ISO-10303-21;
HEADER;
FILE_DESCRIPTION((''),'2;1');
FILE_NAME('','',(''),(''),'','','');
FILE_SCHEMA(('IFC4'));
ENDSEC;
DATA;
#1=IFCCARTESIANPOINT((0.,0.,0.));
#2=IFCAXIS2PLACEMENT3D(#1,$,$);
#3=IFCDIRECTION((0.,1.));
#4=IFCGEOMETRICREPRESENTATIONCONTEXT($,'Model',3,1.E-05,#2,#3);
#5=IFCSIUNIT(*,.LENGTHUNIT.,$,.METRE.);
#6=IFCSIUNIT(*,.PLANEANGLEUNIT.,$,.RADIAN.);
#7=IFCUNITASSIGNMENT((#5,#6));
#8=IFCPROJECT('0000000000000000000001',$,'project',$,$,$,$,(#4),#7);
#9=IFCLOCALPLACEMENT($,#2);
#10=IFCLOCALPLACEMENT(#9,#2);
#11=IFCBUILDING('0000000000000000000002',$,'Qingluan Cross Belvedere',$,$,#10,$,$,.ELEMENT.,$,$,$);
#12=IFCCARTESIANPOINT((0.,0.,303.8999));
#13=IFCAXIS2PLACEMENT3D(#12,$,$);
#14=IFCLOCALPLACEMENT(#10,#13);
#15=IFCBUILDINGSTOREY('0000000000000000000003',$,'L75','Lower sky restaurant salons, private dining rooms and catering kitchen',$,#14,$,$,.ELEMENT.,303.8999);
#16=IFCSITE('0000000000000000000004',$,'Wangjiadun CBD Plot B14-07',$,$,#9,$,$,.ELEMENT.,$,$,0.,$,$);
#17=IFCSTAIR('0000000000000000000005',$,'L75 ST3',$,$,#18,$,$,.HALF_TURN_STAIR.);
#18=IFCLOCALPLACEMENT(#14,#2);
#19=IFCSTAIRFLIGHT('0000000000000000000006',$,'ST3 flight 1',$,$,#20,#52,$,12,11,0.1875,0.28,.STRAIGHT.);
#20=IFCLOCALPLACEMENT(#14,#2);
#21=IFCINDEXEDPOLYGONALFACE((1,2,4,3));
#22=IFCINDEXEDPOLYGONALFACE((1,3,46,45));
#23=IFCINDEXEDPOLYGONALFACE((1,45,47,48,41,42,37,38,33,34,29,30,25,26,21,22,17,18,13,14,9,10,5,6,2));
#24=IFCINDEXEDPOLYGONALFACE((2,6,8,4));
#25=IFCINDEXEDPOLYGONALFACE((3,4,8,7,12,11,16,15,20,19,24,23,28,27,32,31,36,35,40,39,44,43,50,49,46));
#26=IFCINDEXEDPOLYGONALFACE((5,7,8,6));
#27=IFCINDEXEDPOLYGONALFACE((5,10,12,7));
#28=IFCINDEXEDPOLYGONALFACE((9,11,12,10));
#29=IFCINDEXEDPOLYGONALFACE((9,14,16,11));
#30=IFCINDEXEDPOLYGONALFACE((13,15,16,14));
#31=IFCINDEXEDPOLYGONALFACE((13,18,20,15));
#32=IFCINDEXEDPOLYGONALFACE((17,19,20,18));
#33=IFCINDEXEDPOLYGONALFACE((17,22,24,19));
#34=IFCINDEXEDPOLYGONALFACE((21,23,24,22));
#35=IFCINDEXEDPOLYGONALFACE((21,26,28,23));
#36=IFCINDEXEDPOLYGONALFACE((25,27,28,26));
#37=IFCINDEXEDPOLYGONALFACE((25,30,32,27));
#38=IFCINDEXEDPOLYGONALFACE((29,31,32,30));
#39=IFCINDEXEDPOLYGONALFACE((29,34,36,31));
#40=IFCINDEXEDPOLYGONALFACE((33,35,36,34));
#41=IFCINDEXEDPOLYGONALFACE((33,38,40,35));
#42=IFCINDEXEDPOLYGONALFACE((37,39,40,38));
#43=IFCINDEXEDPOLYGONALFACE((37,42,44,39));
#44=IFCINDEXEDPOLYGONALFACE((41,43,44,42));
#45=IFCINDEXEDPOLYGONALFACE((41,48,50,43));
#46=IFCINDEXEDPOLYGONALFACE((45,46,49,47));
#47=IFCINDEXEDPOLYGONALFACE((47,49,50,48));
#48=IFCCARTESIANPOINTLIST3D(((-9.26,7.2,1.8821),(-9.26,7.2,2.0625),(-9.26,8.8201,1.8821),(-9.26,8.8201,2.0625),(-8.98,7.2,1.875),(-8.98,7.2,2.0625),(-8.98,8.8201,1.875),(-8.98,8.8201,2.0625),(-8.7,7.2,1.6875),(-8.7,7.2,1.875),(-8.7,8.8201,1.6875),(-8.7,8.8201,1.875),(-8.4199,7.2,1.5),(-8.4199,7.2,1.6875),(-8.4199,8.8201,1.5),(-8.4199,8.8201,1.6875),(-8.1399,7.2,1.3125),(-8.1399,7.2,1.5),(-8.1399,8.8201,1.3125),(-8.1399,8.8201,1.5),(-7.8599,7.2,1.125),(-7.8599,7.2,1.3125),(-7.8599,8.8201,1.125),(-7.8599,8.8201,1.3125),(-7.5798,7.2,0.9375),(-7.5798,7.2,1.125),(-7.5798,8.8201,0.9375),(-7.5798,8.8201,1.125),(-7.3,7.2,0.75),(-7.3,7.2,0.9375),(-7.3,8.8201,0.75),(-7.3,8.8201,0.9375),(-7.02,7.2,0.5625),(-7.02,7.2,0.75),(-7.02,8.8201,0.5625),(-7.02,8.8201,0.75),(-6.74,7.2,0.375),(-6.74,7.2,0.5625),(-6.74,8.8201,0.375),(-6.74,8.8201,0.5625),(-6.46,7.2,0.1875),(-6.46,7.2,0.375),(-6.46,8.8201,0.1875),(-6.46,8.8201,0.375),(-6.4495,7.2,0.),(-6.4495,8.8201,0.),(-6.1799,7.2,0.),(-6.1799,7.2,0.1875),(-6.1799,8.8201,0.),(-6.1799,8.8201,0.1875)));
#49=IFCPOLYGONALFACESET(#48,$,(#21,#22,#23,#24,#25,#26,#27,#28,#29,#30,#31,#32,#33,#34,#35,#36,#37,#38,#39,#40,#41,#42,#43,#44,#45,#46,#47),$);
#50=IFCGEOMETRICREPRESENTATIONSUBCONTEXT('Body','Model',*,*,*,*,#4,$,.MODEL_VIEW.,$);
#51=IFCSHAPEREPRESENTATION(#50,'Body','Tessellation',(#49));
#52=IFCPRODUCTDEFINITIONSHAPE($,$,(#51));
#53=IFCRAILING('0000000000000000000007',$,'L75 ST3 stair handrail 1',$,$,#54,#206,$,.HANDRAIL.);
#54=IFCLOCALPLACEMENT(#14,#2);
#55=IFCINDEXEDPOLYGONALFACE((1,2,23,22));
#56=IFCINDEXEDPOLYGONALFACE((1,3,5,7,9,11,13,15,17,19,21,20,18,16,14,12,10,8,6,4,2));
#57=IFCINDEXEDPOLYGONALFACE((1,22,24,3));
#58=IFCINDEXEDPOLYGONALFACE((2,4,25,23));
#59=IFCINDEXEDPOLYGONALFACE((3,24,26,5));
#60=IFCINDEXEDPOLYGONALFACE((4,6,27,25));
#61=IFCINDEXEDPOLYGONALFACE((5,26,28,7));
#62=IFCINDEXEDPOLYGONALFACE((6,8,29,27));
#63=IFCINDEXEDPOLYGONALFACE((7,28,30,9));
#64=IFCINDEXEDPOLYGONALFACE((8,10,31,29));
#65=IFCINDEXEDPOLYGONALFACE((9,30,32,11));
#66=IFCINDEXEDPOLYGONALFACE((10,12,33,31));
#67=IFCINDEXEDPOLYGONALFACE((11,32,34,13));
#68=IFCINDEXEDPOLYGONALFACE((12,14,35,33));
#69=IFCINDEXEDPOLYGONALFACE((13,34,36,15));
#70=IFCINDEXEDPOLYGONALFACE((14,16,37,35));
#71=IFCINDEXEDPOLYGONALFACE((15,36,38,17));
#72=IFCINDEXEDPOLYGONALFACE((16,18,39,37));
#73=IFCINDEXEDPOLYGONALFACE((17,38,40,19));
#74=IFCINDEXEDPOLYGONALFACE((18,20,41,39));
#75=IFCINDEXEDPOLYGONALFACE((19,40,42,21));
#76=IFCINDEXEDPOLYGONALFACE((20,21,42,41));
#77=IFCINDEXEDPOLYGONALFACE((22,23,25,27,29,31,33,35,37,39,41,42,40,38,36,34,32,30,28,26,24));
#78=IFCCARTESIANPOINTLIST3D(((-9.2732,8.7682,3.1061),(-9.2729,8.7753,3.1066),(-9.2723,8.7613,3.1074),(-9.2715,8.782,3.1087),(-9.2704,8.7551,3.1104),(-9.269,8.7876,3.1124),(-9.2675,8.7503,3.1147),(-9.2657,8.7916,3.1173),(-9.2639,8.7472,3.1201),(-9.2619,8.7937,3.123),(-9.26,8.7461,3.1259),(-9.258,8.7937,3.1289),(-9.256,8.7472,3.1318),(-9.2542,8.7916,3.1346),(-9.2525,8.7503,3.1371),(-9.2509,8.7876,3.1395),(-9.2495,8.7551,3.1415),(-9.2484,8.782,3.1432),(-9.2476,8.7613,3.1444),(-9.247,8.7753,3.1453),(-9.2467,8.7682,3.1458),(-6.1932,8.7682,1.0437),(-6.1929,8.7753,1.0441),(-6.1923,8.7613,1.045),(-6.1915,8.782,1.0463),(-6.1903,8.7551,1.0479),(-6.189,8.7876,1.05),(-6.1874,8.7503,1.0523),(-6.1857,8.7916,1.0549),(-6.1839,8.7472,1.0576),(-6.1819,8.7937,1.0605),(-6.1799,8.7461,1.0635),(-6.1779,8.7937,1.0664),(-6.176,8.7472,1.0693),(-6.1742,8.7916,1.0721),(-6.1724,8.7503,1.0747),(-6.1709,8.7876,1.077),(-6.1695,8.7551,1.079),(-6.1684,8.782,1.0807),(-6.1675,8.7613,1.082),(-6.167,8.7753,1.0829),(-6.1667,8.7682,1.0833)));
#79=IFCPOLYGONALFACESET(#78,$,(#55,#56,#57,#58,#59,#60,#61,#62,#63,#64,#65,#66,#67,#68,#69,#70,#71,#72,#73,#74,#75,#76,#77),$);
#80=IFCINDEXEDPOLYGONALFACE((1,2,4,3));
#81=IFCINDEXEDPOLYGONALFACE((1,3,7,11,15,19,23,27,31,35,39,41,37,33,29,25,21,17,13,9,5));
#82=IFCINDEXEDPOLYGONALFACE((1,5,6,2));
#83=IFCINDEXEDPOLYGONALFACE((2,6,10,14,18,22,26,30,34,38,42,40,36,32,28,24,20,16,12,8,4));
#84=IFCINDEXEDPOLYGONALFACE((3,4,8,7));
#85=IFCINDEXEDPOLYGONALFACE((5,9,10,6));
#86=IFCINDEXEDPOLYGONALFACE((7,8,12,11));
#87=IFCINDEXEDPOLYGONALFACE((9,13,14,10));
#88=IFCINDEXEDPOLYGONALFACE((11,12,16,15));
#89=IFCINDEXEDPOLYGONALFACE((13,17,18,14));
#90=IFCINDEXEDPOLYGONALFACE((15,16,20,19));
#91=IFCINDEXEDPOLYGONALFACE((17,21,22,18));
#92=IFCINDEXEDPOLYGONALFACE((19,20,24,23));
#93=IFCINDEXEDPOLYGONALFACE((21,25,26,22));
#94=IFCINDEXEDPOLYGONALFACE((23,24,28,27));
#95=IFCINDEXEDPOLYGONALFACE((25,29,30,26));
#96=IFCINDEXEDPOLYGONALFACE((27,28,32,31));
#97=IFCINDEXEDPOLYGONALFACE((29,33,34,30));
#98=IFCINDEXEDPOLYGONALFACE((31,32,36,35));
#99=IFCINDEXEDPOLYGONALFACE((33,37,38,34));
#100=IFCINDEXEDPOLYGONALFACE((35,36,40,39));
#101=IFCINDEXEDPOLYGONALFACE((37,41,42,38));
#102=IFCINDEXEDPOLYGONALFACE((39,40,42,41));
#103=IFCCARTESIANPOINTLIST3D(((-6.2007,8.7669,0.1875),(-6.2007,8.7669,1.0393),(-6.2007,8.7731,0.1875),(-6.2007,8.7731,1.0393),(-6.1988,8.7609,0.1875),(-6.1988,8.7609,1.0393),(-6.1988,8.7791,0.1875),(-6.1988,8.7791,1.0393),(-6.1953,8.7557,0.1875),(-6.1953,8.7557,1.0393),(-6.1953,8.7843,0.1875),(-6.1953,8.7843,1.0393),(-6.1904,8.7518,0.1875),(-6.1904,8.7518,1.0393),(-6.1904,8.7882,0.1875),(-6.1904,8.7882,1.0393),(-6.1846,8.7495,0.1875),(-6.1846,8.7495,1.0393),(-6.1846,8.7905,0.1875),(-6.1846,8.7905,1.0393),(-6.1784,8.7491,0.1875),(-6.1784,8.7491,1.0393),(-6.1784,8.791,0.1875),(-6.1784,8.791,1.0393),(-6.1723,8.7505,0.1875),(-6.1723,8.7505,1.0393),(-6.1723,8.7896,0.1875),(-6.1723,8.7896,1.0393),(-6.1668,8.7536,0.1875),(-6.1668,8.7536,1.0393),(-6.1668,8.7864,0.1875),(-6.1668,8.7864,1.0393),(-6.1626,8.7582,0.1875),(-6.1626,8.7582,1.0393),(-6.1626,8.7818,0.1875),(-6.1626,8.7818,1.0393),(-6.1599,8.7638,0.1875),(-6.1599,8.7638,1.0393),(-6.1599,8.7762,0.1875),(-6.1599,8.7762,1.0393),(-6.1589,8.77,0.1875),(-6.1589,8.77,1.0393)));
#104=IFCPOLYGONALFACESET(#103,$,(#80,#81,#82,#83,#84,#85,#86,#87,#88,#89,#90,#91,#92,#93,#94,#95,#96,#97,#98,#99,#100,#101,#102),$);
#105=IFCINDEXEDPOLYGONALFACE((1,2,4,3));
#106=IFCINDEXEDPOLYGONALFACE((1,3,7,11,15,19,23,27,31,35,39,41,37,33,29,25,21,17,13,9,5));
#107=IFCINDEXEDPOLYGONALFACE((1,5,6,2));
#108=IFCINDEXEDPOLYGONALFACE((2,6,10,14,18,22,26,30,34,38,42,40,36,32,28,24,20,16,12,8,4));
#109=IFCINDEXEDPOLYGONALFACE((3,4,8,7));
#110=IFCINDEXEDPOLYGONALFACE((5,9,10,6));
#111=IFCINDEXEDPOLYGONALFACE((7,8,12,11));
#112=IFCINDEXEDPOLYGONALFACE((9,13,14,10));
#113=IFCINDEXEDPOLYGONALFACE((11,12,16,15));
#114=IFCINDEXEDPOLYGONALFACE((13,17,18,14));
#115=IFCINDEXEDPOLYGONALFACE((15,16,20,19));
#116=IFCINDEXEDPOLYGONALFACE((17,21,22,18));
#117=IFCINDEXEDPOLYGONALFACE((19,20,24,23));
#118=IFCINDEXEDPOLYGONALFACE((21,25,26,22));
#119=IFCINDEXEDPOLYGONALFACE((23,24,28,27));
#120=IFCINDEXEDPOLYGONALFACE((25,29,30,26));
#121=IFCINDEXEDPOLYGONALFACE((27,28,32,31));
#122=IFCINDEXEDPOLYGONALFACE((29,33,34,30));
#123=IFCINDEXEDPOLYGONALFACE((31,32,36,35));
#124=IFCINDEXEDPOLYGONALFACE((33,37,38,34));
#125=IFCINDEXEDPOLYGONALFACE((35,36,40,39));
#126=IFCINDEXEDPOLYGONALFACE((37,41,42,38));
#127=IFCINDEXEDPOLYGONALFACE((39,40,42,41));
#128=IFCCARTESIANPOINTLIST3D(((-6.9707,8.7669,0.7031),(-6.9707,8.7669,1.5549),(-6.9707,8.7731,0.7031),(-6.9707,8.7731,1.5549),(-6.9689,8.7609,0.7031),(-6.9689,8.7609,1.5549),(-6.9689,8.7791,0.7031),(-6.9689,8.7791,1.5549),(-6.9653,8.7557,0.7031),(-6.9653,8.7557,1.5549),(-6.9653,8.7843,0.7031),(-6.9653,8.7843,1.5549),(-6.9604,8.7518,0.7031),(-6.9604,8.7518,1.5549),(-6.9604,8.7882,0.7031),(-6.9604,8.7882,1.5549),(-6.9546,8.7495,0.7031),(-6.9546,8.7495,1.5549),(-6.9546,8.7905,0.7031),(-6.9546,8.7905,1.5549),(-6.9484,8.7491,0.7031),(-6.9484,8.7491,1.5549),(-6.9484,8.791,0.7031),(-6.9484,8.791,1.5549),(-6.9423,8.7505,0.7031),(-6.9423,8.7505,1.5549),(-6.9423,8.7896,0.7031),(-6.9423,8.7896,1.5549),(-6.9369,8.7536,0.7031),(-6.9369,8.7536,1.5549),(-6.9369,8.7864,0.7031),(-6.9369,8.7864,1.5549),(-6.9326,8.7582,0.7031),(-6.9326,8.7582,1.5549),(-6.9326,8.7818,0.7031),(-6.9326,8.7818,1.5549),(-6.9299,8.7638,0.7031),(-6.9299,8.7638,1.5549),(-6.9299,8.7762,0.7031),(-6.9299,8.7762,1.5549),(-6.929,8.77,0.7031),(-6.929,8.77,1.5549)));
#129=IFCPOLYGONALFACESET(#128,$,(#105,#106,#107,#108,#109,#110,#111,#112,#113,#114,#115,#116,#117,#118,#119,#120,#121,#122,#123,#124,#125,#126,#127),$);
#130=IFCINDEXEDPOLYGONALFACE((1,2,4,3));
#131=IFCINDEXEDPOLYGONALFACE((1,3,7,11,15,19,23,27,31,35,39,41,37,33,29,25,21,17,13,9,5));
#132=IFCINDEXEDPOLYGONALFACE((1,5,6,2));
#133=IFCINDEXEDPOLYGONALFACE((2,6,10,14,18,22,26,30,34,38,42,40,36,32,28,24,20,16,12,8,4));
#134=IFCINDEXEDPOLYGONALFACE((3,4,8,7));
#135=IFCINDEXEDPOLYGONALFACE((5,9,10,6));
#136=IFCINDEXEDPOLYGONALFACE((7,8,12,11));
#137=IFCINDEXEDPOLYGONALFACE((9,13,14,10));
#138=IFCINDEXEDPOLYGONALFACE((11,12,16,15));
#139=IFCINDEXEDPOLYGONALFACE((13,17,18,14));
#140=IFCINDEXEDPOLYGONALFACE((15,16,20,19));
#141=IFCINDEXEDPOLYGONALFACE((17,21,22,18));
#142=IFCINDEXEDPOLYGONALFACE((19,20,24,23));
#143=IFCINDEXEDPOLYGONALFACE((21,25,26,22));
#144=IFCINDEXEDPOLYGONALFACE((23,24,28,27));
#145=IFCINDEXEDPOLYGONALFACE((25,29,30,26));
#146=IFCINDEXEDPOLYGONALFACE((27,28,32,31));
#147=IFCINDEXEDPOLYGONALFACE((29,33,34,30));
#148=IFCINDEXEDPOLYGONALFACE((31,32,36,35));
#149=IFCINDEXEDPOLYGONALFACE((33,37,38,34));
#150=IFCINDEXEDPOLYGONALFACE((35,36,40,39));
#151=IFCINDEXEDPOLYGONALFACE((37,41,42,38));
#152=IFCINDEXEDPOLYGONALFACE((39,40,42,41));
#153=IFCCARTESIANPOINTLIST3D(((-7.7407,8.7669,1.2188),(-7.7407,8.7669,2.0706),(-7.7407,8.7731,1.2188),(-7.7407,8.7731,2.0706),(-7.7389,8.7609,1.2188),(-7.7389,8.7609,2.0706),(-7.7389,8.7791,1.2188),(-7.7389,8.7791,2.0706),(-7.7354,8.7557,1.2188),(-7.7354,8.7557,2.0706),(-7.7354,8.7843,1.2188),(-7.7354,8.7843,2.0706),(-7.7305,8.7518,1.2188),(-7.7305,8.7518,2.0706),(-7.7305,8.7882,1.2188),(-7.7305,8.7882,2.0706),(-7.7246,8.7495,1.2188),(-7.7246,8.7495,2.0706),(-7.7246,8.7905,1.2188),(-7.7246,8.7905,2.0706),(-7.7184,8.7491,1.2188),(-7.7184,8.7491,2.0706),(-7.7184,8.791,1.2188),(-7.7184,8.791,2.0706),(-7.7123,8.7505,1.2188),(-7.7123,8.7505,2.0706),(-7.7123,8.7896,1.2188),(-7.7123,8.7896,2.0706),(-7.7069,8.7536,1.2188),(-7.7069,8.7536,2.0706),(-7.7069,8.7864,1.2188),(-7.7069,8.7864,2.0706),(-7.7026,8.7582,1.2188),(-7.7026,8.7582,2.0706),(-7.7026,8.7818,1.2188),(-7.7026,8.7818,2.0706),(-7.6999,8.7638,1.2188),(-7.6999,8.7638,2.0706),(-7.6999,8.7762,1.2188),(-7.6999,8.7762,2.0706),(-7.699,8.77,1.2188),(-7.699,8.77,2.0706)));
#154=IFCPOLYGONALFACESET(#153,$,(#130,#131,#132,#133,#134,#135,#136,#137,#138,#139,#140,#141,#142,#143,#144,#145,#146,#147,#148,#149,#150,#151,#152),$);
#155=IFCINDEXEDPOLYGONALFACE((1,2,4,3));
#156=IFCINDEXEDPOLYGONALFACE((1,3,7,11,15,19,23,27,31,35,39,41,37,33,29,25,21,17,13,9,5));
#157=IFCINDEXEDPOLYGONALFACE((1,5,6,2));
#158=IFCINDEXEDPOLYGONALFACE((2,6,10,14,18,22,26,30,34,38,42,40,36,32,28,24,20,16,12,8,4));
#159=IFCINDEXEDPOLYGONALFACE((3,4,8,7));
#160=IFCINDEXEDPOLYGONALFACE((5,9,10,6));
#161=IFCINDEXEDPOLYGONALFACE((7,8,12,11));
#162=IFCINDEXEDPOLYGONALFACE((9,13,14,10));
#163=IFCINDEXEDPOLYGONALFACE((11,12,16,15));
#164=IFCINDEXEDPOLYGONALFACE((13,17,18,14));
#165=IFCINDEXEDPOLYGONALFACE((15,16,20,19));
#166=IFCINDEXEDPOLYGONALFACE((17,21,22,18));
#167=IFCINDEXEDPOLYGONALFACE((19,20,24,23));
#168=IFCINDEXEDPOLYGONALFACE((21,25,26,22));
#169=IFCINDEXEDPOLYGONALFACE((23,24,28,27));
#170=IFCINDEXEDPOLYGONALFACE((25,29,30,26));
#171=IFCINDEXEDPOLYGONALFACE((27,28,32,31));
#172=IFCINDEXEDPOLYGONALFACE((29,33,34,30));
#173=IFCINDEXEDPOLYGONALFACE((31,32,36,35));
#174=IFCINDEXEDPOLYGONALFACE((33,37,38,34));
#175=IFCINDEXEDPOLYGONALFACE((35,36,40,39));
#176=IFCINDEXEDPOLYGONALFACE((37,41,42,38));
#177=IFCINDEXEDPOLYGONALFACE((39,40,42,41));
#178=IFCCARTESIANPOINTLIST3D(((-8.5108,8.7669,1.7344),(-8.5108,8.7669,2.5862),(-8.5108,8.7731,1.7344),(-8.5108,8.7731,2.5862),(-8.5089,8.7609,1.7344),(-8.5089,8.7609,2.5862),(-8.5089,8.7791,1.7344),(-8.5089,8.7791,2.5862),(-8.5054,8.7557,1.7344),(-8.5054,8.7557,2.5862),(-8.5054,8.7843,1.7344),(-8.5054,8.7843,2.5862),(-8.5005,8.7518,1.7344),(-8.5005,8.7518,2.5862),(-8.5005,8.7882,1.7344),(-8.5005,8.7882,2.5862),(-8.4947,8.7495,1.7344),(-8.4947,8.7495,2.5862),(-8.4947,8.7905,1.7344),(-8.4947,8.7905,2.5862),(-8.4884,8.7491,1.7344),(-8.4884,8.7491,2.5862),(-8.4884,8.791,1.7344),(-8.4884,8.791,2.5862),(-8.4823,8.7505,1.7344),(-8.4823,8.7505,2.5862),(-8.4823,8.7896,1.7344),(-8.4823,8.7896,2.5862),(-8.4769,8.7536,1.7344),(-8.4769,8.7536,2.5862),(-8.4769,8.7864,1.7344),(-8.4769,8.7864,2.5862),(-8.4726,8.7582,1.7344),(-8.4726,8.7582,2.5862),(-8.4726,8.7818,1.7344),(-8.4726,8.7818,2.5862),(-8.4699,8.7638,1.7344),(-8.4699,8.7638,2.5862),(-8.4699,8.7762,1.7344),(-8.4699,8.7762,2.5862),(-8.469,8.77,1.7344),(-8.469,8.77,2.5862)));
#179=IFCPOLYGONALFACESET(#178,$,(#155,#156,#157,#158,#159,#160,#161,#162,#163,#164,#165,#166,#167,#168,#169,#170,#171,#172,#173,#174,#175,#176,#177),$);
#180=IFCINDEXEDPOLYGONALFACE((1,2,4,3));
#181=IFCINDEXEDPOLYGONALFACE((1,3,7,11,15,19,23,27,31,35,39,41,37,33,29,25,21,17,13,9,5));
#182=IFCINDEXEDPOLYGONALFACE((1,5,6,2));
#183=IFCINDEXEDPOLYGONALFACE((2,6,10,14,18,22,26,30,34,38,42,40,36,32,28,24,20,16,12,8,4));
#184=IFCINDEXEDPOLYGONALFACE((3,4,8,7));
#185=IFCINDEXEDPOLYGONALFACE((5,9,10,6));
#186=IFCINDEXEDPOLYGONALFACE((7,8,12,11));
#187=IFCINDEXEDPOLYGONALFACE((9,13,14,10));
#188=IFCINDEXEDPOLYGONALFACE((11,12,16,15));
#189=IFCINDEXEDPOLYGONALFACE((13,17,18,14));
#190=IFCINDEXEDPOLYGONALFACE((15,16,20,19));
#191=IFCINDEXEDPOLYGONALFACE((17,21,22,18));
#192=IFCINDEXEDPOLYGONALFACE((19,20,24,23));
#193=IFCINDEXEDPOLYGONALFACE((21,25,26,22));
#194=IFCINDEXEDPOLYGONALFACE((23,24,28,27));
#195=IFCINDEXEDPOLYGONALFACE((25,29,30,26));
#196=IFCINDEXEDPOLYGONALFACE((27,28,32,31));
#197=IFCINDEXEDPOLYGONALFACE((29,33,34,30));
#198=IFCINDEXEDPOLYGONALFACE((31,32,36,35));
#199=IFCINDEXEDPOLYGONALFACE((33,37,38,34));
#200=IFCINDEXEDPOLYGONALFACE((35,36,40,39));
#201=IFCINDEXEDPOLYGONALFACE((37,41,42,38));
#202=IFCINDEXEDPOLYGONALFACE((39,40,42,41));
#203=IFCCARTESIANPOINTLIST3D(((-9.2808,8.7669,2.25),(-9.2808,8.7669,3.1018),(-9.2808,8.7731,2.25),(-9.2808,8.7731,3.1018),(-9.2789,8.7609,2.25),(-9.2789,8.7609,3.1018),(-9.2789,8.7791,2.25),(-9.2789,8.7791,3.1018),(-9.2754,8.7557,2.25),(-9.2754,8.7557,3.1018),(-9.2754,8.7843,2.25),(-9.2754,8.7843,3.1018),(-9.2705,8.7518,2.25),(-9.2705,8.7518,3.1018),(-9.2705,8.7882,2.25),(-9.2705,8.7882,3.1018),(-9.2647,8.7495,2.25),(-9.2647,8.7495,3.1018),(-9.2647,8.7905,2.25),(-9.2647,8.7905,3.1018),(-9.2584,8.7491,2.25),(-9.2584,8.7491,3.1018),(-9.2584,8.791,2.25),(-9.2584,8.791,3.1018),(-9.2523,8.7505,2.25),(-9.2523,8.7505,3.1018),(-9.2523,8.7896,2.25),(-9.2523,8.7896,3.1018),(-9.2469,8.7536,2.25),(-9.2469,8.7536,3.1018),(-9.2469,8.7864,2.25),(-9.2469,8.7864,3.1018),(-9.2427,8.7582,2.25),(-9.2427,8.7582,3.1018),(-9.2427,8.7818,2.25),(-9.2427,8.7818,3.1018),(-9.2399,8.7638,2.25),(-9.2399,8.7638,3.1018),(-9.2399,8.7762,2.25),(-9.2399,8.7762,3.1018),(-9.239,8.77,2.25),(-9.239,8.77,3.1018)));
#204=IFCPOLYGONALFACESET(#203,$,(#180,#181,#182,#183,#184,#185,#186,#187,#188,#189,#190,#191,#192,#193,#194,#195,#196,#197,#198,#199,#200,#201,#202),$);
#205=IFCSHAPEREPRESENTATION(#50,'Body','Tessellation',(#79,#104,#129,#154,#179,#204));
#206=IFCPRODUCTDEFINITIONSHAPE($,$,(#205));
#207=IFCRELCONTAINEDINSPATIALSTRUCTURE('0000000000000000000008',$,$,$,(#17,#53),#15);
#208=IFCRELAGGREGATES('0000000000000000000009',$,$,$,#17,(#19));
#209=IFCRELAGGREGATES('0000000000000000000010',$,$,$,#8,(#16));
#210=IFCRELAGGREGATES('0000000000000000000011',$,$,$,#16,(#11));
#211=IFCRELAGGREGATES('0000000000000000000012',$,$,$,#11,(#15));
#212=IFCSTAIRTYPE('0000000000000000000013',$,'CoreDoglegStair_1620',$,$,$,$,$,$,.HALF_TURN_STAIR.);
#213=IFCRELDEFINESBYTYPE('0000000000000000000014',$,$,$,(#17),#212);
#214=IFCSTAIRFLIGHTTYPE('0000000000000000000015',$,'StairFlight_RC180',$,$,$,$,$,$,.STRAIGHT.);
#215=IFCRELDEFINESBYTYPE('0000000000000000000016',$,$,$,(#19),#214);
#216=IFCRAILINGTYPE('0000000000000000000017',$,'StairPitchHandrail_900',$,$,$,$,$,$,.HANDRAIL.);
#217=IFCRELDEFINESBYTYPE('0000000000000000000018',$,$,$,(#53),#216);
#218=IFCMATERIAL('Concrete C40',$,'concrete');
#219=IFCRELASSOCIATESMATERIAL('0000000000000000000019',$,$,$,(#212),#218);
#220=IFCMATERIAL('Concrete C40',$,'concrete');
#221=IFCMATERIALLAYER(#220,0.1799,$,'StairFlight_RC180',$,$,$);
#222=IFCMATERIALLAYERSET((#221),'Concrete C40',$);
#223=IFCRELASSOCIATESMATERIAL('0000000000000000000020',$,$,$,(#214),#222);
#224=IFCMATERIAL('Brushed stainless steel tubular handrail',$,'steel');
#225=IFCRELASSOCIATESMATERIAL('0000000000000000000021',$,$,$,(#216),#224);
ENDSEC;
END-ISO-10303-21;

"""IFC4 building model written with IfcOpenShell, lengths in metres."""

from ifc_helpers import new_model, si_unit, direction, frame, origin, origin_2d, place, context, subcontext, project, spatial, polyline, circle, outline, extrude, material, layer, layer_set, type_object, element, aggregate, save


model = new_model("IFC4")

# Units and contexts
model_context = context("Model", 3, precision=1e-05, world=origin(), true_north=direction((0.0, 1.0)))
body_context = subcontext(model_context, "Body", "Model", "MODEL_VIEW")
ifc_project = project(units=[si_unit("LENGTHUNIT", "METRE"), si_unit("PLANEANGLEUNIT", "RADIAN")], contexts=[model_context])

# Site, building, storey
site_placement = place(None, origin())
site = spatial("IfcSite", under=ifc_project, at=site_placement, Name="Wangjiadun CBD Plot B14-07", CompositionType="ELEMENT", RefElevation=0.0)
building_placement = place(site_placement, origin())
building = spatial("IfcBuilding", under=site, at=building_placement, Name="Qingluan Cross Belvedere", CompositionType="ELEMENT")
storey_placement = place(building_placement, frame((0.0, 0.0, 303.8999)))
storey = spatial("IfcBuildingStorey", under=building, at=storey_placement, Name="L75", Description="Lower sky restaurant salons, private dining rooms and catering kitchen", CompositionType="ELEMENT", Elevation=303.8999)

# Stair, stair flight
ifc_material_1 = material(Name="Concrete C40", Category="concrete")
stair_type = type_object("IfcStairType", Name="CoreDoglegStair_1620", PredefinedType="HALF_TURN_STAIR", material=ifc_material_1)
stair_placement = place(storey_placement, origin())
stair = element("IfcStair", 1, at=stair_placement, inside=storey, type_object=stair_type, Name="L75 ST3", PredefinedType="HALF_TURN_STAIR")
ifc_material_2 = material(Name="Concrete C40", Category="concrete")
ifc_layer_1 = layer(ifc_material_2, 0.1799, Name="StairFlight_RC180")
ifc_layer_set_1 = layer_set([ifc_layer_1], Name="Concrete C40")
stair_flight_type = type_object("IfcStairFlightType", Name="StairFlight_RC180", PredefinedType="STRAIGHT", material=ifc_layer_set_1)
stair_flight_placement = place(storey_placement, frame((-6.1799, 8.01, 0.0), z_axis=(0.0, 0.0, 1.0), x_axis=(-1.0, 0.0, 0.0)))
stair_flight = element("IfcStairFlight", 2, at=stair_flight_placement, type_object=stair_flight_type, Name="ST3 flight 1", NumberOfRisers=12, NumberOfTreads=11, PredefinedType="STRAIGHT", RiserHeight=0.1875, TreadLength=0.28, context=body_context, shape_type="SweptSolid", body=[
    extrude(outline(polyline([(0.0, 0.0), (0.0, 0.1875), (0.28, 0.1875), (0.28, 0.375), (0.5601, 0.375), (0.5601, 0.5625), (0.8401, 0.5625), (0.8401, 0.75), (1.1201, 0.75), (1.1201, 0.9375), (1.3999, 0.9375), (1.3999, 1.125), (1.6799, 1.125), (1.6799, 1.3125), (1.96, 1.3125), (1.96, 1.5), (2.24, 1.5), (2.24, 1.6875), (2.52, 1.6875), (2.52, 1.875), (2.8, 1.875), (2.8, 2.0625), (3.0801, 2.0625), (3.0801, 2.25), (3.0801, 1.8821), (0.2695, 0.0), (0.0, 0.0)])), frame((0.0, 0.8101, 0.0), z_axis=(0.0, -1.0, 0.0), x_axis=(1.0, 0.0, 0.0)), (0.0, 0.0, 1.0), 1.6201),
])
aggregate(stair, [stair_flight])

# Railing
ifc_material_3 = material(Name="Brushed stainless steel tubular handrail", Category="steel")
railing_type_1 = type_object("IfcRailingType", Name="StairPitchHandrail_900", PredefinedType="HANDRAIL", material=ifc_material_3)
railing_1_placement = place(storey_placement, frame((-6.1799, 8.77, 0.1875)))
element("IfcRailing", 3, at=railing_1_placement, inside=storey, type_object=railing_type_1, Name="L75 ST3 stair handrail 1", PredefinedType="HANDRAIL", context=body_context, shape_type="SweptSolid", body=[
    extrude(circle(Radius=0.0239, at=origin_2d()), frame((0.0, 0.0, 0.876), z_axis=(-0.830914, 0.0, 0.556401), x_axis=(0.0, -1.0, 0.0)), (0.0, 0.0, 1.0), 3.7068),
    extrude(circle(Radius=0.021, at=origin_2d()), origin(), (0.0, 0.0, 1.0), 0.8518),
    extrude(circle(Radius=0.021, at=origin_2d()), frame((-0.77, 0.0, 0.5156)), (0.0, 0.0, 1.0), 0.8518),
    extrude(circle(Radius=0.021, at=origin_2d()), frame((-1.54, 0.0, 1.0312)), (0.0, 0.0, 1.0), 0.8518),
    extrude(circle(Radius=0.021, at=origin_2d()), frame((-2.3101, 0.0, 1.5469)), (0.0, 0.0, 1.0), 0.8518),
    extrude(circle(Radius=0.021, at=origin_2d()), frame((-3.0801, 0.0, 2.0625)), (0.0, 0.0, 1.0), 0.8518),
])

save(model, "model.ifc")
